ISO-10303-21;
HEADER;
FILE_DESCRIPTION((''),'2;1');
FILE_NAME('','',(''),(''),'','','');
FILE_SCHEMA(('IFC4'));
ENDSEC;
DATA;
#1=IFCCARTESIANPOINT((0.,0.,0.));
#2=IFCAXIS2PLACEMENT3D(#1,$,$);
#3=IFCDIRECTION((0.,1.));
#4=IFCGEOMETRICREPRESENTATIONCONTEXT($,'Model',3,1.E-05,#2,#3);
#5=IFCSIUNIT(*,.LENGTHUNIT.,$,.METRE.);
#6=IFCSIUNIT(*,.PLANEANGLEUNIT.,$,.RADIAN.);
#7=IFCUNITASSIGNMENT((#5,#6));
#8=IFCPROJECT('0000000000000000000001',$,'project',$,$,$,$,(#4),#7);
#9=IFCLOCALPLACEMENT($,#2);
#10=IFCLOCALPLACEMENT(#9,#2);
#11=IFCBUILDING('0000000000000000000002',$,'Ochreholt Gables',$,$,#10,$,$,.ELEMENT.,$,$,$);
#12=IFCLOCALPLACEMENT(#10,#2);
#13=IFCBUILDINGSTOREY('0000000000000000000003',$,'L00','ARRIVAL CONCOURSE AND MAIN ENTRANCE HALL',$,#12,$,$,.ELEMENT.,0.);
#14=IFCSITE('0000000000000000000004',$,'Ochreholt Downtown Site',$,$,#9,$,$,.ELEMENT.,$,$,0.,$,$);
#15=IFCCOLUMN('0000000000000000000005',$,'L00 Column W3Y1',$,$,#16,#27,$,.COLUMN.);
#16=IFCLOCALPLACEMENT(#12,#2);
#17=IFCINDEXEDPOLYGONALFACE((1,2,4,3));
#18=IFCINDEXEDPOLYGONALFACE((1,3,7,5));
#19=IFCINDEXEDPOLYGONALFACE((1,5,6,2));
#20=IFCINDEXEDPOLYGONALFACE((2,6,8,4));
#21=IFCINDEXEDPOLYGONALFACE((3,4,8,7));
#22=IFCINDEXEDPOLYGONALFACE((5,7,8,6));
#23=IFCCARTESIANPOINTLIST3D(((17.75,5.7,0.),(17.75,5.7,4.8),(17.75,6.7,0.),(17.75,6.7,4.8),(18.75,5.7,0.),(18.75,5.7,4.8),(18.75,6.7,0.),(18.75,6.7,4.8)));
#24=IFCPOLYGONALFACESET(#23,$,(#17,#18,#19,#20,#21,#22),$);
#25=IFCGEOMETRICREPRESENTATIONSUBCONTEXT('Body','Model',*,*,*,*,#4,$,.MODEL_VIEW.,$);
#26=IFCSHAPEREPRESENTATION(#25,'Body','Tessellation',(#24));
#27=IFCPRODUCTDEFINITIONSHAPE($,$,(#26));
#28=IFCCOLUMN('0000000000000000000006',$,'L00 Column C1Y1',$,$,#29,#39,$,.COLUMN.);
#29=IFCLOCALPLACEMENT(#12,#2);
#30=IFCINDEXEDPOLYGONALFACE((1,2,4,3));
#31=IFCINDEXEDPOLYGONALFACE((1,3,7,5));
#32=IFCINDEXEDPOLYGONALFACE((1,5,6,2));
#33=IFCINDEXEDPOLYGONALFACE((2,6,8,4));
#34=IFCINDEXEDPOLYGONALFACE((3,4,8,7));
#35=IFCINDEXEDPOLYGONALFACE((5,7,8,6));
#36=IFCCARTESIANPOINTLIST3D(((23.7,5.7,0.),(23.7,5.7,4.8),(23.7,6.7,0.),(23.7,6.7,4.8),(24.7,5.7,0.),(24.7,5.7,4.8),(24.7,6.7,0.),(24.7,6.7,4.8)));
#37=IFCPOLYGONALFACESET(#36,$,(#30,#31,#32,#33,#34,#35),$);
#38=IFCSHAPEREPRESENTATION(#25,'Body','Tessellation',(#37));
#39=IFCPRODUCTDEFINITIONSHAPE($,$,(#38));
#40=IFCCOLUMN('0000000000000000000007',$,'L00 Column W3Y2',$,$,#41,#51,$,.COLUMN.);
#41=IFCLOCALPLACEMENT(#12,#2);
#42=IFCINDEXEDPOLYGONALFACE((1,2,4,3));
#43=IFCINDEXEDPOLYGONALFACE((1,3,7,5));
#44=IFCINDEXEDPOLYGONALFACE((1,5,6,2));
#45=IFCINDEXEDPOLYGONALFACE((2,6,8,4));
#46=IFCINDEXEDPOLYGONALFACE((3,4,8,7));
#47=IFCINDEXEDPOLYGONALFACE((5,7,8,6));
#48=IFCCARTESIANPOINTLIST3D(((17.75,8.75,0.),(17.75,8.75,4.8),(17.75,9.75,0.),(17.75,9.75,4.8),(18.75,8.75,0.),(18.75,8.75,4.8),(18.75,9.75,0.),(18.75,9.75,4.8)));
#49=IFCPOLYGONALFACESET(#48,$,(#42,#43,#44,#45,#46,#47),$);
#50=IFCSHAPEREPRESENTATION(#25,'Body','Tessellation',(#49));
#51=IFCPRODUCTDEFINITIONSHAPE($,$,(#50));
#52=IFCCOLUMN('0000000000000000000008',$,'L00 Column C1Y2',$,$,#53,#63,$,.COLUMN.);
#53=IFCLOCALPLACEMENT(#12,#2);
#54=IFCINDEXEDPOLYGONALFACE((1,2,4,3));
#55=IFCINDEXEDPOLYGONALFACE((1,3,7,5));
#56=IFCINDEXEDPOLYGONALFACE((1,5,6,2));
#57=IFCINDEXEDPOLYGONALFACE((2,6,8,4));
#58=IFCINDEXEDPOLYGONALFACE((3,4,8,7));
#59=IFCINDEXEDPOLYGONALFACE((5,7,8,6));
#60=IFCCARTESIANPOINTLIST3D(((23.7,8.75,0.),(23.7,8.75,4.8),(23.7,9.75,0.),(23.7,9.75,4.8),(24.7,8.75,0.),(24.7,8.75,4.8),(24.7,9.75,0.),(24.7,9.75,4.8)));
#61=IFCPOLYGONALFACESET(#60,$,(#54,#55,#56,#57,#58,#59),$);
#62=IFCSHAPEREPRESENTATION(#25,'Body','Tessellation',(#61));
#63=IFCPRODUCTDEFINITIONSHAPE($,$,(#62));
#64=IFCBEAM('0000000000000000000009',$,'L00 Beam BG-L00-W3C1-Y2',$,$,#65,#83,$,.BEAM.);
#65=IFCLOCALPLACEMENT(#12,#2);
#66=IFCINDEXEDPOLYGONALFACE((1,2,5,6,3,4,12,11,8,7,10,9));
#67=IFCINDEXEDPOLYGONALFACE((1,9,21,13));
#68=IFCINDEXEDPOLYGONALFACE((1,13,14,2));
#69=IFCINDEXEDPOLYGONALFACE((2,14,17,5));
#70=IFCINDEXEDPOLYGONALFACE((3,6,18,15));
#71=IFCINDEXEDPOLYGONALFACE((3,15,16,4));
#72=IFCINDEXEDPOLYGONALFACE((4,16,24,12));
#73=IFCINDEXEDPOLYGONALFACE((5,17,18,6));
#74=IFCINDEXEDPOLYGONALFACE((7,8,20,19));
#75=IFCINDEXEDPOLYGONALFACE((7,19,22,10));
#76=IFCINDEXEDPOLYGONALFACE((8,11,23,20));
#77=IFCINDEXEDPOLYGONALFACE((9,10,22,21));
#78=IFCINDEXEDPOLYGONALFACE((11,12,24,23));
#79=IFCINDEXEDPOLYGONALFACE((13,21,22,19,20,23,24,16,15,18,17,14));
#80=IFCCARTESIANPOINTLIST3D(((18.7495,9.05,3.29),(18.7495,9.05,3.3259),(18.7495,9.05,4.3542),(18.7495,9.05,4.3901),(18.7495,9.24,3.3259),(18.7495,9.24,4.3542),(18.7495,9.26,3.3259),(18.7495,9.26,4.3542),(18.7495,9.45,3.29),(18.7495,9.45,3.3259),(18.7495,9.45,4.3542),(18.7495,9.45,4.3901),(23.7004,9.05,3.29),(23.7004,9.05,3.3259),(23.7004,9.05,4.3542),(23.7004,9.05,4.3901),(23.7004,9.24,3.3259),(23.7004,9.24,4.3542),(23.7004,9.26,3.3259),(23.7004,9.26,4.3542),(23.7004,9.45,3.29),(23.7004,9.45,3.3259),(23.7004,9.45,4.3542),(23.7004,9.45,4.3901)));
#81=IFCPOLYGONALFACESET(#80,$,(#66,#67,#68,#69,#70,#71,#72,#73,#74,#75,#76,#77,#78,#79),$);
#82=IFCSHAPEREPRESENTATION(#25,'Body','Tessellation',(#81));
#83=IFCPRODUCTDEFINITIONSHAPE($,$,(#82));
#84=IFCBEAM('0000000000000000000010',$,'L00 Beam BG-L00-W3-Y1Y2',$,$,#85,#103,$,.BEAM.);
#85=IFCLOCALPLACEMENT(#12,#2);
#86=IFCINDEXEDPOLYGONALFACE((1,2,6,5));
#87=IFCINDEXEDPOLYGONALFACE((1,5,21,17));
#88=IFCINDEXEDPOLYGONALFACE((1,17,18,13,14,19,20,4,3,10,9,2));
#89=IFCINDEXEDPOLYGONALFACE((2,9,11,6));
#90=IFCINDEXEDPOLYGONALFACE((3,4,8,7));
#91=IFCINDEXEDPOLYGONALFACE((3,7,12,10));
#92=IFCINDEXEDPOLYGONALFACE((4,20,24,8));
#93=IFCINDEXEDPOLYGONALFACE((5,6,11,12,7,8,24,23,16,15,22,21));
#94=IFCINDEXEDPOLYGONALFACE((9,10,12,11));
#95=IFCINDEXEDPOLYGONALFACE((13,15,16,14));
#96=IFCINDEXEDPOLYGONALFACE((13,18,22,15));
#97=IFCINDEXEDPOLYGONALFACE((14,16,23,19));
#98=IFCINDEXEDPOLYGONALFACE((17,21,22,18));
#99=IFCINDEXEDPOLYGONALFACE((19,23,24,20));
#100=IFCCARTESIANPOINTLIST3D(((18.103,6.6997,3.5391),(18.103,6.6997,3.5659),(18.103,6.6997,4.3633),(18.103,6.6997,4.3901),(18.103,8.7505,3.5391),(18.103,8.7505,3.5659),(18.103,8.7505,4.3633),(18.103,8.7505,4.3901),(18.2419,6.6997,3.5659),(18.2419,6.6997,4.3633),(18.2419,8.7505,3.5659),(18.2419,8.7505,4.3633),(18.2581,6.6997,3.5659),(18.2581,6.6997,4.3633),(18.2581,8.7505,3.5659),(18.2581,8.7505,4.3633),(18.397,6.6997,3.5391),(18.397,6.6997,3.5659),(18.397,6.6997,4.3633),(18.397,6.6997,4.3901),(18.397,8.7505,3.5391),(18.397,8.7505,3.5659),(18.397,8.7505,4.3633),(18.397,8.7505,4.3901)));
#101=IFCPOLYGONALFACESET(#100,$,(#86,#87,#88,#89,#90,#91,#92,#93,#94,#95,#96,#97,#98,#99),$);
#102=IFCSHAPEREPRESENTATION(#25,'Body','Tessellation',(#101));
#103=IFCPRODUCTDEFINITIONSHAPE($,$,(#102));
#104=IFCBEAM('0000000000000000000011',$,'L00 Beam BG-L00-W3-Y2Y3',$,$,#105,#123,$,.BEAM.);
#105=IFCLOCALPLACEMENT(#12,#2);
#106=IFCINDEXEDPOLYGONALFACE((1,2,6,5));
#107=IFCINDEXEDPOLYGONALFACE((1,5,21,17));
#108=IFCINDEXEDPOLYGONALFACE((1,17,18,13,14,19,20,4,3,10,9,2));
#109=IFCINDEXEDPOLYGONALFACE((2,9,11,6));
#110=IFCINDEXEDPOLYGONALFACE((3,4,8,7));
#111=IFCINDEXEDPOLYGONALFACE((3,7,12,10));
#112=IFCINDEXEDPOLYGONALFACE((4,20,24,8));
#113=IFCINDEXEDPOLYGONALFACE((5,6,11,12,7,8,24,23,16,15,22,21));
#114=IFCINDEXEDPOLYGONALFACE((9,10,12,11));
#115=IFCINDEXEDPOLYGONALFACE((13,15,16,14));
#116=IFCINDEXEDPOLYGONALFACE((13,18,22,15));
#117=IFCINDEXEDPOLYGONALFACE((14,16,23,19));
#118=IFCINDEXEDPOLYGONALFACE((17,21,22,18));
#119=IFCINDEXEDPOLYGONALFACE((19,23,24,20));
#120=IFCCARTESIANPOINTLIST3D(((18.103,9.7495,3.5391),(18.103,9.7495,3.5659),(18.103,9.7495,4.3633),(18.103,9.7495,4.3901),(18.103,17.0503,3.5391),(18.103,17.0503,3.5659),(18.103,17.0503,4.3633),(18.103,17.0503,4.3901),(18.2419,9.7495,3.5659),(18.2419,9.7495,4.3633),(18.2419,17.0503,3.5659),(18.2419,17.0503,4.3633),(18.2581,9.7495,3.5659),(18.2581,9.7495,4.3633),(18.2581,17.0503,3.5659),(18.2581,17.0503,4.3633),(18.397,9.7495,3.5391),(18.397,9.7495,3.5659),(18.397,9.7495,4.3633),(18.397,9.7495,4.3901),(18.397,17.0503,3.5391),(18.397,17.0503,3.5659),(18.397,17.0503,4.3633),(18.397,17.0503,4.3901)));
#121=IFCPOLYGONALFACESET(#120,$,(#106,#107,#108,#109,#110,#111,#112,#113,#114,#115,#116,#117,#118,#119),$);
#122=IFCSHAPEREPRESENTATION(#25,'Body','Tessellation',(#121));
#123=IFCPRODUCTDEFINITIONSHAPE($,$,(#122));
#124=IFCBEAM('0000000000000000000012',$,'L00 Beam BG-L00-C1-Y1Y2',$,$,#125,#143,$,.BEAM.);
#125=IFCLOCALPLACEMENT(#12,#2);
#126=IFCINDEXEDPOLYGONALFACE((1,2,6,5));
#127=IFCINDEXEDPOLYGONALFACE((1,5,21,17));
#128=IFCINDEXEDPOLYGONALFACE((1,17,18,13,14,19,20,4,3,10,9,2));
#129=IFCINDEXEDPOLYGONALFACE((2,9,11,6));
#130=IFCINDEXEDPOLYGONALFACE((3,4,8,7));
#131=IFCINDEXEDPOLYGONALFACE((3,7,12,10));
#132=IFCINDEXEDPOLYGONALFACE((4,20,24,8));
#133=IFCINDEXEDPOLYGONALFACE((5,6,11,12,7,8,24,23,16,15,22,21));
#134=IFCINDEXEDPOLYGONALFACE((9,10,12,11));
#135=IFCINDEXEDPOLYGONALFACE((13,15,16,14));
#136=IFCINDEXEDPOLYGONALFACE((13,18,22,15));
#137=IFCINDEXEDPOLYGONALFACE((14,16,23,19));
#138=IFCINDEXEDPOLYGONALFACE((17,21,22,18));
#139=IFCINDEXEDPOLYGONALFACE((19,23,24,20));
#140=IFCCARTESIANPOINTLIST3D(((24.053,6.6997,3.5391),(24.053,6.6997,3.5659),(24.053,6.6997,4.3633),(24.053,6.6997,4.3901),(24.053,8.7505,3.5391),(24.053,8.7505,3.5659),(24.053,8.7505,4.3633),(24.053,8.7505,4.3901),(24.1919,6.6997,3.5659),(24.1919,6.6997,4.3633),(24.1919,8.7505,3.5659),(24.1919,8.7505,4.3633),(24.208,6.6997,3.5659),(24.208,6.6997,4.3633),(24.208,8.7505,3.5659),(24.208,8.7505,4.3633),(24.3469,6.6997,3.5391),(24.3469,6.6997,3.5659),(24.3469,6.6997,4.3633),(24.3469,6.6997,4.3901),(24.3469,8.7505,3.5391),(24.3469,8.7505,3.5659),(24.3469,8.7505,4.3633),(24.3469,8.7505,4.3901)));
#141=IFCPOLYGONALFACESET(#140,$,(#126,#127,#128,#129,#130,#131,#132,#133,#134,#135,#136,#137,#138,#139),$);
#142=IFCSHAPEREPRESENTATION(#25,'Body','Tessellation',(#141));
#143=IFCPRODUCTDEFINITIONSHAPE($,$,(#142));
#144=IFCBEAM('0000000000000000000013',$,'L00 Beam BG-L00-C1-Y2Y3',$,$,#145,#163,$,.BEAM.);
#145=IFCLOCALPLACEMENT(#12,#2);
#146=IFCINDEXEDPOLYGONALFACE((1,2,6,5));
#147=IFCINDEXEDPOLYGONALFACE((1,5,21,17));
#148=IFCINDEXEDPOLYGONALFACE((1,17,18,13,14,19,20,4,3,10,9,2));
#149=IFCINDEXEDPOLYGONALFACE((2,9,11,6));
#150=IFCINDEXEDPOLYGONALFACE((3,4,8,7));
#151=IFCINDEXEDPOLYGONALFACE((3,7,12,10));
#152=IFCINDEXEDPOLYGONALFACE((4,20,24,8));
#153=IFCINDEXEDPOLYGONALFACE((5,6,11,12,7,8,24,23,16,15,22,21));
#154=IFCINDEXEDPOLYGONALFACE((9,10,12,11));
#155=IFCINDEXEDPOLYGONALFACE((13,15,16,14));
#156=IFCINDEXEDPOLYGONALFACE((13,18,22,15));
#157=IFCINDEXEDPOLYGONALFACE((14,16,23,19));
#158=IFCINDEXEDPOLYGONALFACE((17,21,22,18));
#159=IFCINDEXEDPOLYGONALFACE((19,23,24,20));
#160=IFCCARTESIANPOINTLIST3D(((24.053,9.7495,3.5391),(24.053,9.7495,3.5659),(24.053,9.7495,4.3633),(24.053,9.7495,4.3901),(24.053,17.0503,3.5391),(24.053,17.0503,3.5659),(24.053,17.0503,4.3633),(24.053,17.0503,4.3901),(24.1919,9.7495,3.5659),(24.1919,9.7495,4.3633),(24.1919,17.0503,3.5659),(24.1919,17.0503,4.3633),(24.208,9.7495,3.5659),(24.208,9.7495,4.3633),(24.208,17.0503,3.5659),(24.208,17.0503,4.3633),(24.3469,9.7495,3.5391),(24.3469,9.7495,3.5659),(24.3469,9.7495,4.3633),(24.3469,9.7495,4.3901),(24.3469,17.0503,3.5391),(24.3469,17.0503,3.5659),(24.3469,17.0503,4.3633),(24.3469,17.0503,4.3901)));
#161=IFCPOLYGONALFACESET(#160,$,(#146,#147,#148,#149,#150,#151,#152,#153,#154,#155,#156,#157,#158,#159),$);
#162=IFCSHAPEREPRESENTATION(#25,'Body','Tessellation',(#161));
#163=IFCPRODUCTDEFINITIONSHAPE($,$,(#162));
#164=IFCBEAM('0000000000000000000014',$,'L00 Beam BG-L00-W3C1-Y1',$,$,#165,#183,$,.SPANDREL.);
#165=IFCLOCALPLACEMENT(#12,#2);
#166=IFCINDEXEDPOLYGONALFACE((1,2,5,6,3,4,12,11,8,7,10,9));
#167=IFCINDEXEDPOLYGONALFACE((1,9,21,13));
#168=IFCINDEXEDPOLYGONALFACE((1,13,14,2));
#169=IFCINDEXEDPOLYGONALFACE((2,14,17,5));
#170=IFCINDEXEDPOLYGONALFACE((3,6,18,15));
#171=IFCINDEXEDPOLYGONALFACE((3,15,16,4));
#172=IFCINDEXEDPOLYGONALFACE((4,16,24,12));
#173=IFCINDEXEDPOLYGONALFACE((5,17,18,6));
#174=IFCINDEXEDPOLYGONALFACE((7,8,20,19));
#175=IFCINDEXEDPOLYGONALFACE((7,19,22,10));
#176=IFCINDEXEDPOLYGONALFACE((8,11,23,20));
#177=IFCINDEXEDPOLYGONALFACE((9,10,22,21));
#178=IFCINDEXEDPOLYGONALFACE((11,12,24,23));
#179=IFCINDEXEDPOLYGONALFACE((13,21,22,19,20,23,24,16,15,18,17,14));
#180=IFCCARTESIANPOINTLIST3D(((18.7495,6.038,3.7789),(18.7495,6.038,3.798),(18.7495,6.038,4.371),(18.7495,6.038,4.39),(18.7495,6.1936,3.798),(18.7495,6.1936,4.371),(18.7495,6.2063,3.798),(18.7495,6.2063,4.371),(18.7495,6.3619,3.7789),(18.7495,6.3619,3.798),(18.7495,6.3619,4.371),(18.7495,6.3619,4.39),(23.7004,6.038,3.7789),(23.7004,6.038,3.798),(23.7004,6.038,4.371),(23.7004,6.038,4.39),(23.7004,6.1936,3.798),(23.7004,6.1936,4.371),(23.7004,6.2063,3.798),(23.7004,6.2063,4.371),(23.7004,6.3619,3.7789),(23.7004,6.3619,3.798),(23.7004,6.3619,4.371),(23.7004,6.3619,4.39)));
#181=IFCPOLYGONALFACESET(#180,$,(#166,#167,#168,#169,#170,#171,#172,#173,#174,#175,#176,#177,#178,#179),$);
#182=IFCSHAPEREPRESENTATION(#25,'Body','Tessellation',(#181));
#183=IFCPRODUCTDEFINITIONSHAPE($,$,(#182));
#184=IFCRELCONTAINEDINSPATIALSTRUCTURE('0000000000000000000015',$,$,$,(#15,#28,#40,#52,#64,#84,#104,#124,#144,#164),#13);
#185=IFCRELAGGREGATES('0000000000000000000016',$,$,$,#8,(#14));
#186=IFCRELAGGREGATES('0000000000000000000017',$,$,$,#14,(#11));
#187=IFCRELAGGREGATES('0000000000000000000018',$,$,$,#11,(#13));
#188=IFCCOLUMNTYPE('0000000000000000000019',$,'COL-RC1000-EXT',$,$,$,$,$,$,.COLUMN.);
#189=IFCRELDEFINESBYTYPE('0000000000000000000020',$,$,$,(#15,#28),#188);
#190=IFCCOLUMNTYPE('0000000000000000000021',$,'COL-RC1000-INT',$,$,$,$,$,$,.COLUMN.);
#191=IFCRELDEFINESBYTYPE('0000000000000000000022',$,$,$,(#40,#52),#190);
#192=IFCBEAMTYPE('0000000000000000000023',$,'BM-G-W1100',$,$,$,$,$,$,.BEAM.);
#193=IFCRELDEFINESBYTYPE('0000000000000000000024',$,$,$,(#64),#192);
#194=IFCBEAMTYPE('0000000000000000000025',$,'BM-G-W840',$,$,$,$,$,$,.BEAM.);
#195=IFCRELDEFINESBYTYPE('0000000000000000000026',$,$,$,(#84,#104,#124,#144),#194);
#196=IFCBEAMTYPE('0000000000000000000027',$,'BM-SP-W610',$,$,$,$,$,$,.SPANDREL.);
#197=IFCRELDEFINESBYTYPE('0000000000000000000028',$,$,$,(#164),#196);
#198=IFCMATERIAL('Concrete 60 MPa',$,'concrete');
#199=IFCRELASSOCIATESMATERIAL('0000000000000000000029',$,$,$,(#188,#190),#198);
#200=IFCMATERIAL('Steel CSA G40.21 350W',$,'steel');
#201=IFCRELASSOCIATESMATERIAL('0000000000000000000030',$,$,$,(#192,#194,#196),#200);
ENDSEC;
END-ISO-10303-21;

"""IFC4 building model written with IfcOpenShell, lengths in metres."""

from ifc_helpers import new_model, si_unit, direction, frame, origin, origin_2d, place, context, subcontext, project, spatial, rectangle, i_section, extrude, material, material_profile, profile_set, type_object, element, save


model = new_model("IFC4")

# Units and contexts
model_context = context("Model", 3, precision=1e-05, world=origin(), true_north=direction((0.0, 1.0)))
body_context = subcontext(model_context, "Body", "Model", "MODEL_VIEW")
ifc_project = project(units=[si_unit("LENGTHUNIT", "METRE"), si_unit("PLANEANGLEUNIT", "RADIAN")], contexts=[model_context])

# Site, building, storey
site_placement = place(None, origin())
site = spatial("IfcSite", under=ifc_project, at=site_placement, Name="Ochreholt Downtown Site", CompositionType="ELEMENT", RefElevation=0.0)
building_placement = place(site_placement, origin())
building = spatial("IfcBuilding", under=site, at=building_placement, Name="Ochreholt Gables", CompositionType="ELEMENT")
storey_placement = place(building_placement, origin())
storey = spatial("IfcBuildingStorey", under=building, at=storey_placement, Name="L00", Description="ARRIVAL CONCOURSE AND MAIN ENTRANCE HALL", CompositionType="ELEMENT", Elevation=0.0)

# Columns
ifc_material_1 = material(Name="Concrete 60 MPa", Category="concrete")
ifc_material_profile_1 = material_profile(ifc_material_1, rectangle(XDim=1.0, YDim=1.0, at=origin_2d()), Name="RC1000X1000")
ifc_profile_set_1 = profile_set([ifc_material_profile_1], Name="Concrete 60 MPa")
column_type_1 = type_object("IfcColumnType", Name="COL-RC1000-EXT", PredefinedType="COLUMN", material=ifc_profile_set_1)
for number, where, z_axis, x_axis, name in (
    (1, (18.25, 6.2, 0.0), (0.0, 0.0, 1.0), (1.0, 0.0, 0.0), "L00 Column W3Y1"),
    (2, (24.2, 6.2, 0.0), (0.0, 0.0, 1.0), (1.0, 0.0, 0.0), "L00 Column C1Y1"),
):
    element("IfcColumn", number, at=place(storey_placement, frame(where, z_axis=z_axis, x_axis=x_axis)), inside=storey, type_object=column_type_1, Name=name, PredefinedType="COLUMN", context=body_context, shape_type="SweptSolid", body=[
        extrude(rectangle(XDim=1.0, YDim=1.0, at=origin_2d()), origin(), (0.0, 0.0, 1.0), 4.8),
    ])
ifc_material_profile_2 = material_profile(ifc_material_1, rectangle(XDim=1.0, YDim=1.0, at=origin_2d()), Name="RC1000X1000")
ifc_profile_set_2 = profile_set([ifc_material_profile_2], Name="Concrete 60 MPa")
column_type_2 = type_object("IfcColumnType", Name="COL-RC1000-INT", PredefinedType="COLUMN", material=ifc_profile_set_2)
for number, where, z_axis, x_axis, name in (
    (3, (18.25, 9.25, 0.0), (0.0, 0.0, 1.0), (1.0, 0.0, 0.0), "L00 Column W3Y2"),
    (4, (24.2, 9.25, 0.0), (0.0, 0.0, 1.0), (1.0, 0.0, 0.0), "L00 Column C1Y2"),
):
    element("IfcColumn", number, at=place(storey_placement, frame(where, z_axis=z_axis, x_axis=x_axis)), inside=storey, type_object=column_type_2, Name=name, PredefinedType="COLUMN", context=body_context, shape_type="SweptSolid", body=[
        extrude(rectangle(XDim=1.0, YDim=1.0, at=origin_2d()), origin(), (0.0, 0.0, 1.0), 4.8),
    ])

# Beams
ifc_material_2 = material(Name="Steel CSA G40.21 350W", Category="steel")
ifc_material_profile_3 = material_profile(ifc_material_2, i_section(OverallWidth=0.3999, OverallDepth=1.1001, WebThickness=0.02, FlangeThickness=0.0359, at=origin_2d()), Name="W1100X390")
ifc_profile_set_3 = profile_set([ifc_material_profile_3], Name="Steel CSA G40.21 350W")
beam_type_1 = type_object("IfcBeamType", Name="BM-G-W1100", PredefinedType="BEAM", material=ifc_profile_set_3)
beam_1_placement = place(storey_placement, frame((18.7495, 9.25, 3.8401), z_axis=(1.0, 0.0, 0.0), x_axis=(0.0, 1.0, 0.0)))
element("IfcBeam", 5, at=beam_1_placement, inside=storey, type_object=beam_type_1, Name="L00 Beam BG-L00-W3C1-Y2", PredefinedType="BEAM", context=body_context, shape_type="SweptSolid", body=[
    extrude(i_section(OverallWidth=0.3999, OverallDepth=1.1001, WebThickness=0.02, FlangeThickness=0.0359, at=origin_2d()), origin(), (0.0, 0.0, 1.0), 4.9509),
])
ifc_material_profile_4 = material_profile(ifc_material_2, i_section(OverallWidth=0.2939, OverallDepth=0.8511, WebThickness=0.0161, FlangeThickness=0.0269, at=origin_2d()), Name="W840X226")
ifc_profile_set_4 = profile_set([ifc_material_profile_4], Name="Steel CSA G40.21 350W")
beam_type_2 = type_object("IfcBeamType", Name="BM-G-W840", PredefinedType="BEAM", material=ifc_profile_set_4)
beam_2_placement = place(storey_placement, frame((18.25, 6.6997, 3.9646), z_axis=(0.0, 1.0, 0.0), x_axis=(-1.0, 0.0, 0.0)))
element("IfcBeam", 6, at=beam_2_placement, inside=storey, type_object=beam_type_2, Name="L00 Beam BG-L00-W3-Y1Y2", PredefinedType="BEAM", context=body_context, shape_type="SweptSolid", body=[
    extrude(i_section(OverallWidth=0.2939, OverallDepth=0.8511, WebThickness=0.0161, FlangeThickness=0.0269, at=origin_2d()), origin(), (0.0, 0.0, 1.0), 2.0508),
])
beam_3_placement = place(storey_placement, frame((18.25, 9.7495, 3.9646), z_axis=(0.0, 1.0, 0.0), x_axis=(-1.0, 0.0, 0.0)))
element("IfcBeam", 7, at=beam_3_placement, inside=storey, type_object=beam_type_2, Name="L00 Beam BG-L00-W3-Y2Y3", PredefinedType="BEAM", context=body_context, shape_type="SweptSolid", body=[
    extrude(i_section(OverallWidth=0.2939, OverallDepth=0.8511, WebThickness=0.0161, FlangeThickness=0.0269, at=origin_2d()), origin(), (0.0, 0.0, 1.0), 7.3008),
])
beam_4_placement = place(storey_placement, frame((24.2, 6.6997, 3.9646), z_axis=(0.0, 1.0, 0.0), x_axis=(-1.0, 0.0, 0.0)))
element("IfcBeam", 8, at=beam_4_placement, inside=storey, type_object=beam_type_2, Name="L00 Beam BG-L00-C1-Y1Y2", PredefinedType="BEAM", context=body_context, shape_type="SweptSolid", body=[
    extrude(i_section(OverallWidth=0.2939, OverallDepth=0.8511, WebThickness=0.0161, FlangeThickness=0.0269, at=origin_2d()), origin(), (0.0, 0.0, 1.0), 2.0508),
])
beam_5_placement = place(storey_placement, frame((24.2, 9.7495, 3.9646), z_axis=(0.0, 1.0, 0.0), x_axis=(-1.0, 0.0, 0.0)))
element("IfcBeam", 9, at=beam_5_placement, inside=storey, type_object=beam_type_2, Name="L00 Beam BG-L00-C1-Y2Y3", PredefinedType="BEAM", context=body_context, shape_type="SweptSolid", body=[
    extrude(i_section(OverallWidth=0.2939, OverallDepth=0.8511, WebThickness=0.0161, FlangeThickness=0.0269, at=origin_2d()), origin(), (0.0, 0.0, 1.0), 7.3008),
])
ifc_material_profile_5 = material_profile(ifc_material_2, i_section(OverallWidth=0.324, OverallDepth=0.6111, WebThickness=0.0127, FlangeThickness=0.019, at=origin_2d()), Name="W610X155")
ifc_profile_set_5 = profile_set([ifc_material_profile_5], Name="Steel CSA G40.21 350W")
beam_type_3 = type_object("IfcBeamType", Name="BM-SP-W610", PredefinedType="SPANDREL", material=ifc_profile_set_5)
beam_6_placement = place(storey_placement, frame((18.7495, 6.2, 4.0845), z_axis=(1.0, 0.0, 0.0), x_axis=(0.0, 1.0, 0.0)))
element("IfcBeam", 10, at=beam_6_placement, inside=storey, type_object=beam_type_3, Name="L00 Beam BG-L00-W3C1-Y1", PredefinedType="SPANDREL", context=body_context, shape_type="SweptSolid", body=[
    extrude(i_section(OverallWidth=0.324, OverallDepth=0.6111, WebThickness=0.0127, FlangeThickness=0.019, at=origin_2d()), origin(), (0.0, 0.0, 1.0), 4.9509),
])

save(model, "model.ifc")
